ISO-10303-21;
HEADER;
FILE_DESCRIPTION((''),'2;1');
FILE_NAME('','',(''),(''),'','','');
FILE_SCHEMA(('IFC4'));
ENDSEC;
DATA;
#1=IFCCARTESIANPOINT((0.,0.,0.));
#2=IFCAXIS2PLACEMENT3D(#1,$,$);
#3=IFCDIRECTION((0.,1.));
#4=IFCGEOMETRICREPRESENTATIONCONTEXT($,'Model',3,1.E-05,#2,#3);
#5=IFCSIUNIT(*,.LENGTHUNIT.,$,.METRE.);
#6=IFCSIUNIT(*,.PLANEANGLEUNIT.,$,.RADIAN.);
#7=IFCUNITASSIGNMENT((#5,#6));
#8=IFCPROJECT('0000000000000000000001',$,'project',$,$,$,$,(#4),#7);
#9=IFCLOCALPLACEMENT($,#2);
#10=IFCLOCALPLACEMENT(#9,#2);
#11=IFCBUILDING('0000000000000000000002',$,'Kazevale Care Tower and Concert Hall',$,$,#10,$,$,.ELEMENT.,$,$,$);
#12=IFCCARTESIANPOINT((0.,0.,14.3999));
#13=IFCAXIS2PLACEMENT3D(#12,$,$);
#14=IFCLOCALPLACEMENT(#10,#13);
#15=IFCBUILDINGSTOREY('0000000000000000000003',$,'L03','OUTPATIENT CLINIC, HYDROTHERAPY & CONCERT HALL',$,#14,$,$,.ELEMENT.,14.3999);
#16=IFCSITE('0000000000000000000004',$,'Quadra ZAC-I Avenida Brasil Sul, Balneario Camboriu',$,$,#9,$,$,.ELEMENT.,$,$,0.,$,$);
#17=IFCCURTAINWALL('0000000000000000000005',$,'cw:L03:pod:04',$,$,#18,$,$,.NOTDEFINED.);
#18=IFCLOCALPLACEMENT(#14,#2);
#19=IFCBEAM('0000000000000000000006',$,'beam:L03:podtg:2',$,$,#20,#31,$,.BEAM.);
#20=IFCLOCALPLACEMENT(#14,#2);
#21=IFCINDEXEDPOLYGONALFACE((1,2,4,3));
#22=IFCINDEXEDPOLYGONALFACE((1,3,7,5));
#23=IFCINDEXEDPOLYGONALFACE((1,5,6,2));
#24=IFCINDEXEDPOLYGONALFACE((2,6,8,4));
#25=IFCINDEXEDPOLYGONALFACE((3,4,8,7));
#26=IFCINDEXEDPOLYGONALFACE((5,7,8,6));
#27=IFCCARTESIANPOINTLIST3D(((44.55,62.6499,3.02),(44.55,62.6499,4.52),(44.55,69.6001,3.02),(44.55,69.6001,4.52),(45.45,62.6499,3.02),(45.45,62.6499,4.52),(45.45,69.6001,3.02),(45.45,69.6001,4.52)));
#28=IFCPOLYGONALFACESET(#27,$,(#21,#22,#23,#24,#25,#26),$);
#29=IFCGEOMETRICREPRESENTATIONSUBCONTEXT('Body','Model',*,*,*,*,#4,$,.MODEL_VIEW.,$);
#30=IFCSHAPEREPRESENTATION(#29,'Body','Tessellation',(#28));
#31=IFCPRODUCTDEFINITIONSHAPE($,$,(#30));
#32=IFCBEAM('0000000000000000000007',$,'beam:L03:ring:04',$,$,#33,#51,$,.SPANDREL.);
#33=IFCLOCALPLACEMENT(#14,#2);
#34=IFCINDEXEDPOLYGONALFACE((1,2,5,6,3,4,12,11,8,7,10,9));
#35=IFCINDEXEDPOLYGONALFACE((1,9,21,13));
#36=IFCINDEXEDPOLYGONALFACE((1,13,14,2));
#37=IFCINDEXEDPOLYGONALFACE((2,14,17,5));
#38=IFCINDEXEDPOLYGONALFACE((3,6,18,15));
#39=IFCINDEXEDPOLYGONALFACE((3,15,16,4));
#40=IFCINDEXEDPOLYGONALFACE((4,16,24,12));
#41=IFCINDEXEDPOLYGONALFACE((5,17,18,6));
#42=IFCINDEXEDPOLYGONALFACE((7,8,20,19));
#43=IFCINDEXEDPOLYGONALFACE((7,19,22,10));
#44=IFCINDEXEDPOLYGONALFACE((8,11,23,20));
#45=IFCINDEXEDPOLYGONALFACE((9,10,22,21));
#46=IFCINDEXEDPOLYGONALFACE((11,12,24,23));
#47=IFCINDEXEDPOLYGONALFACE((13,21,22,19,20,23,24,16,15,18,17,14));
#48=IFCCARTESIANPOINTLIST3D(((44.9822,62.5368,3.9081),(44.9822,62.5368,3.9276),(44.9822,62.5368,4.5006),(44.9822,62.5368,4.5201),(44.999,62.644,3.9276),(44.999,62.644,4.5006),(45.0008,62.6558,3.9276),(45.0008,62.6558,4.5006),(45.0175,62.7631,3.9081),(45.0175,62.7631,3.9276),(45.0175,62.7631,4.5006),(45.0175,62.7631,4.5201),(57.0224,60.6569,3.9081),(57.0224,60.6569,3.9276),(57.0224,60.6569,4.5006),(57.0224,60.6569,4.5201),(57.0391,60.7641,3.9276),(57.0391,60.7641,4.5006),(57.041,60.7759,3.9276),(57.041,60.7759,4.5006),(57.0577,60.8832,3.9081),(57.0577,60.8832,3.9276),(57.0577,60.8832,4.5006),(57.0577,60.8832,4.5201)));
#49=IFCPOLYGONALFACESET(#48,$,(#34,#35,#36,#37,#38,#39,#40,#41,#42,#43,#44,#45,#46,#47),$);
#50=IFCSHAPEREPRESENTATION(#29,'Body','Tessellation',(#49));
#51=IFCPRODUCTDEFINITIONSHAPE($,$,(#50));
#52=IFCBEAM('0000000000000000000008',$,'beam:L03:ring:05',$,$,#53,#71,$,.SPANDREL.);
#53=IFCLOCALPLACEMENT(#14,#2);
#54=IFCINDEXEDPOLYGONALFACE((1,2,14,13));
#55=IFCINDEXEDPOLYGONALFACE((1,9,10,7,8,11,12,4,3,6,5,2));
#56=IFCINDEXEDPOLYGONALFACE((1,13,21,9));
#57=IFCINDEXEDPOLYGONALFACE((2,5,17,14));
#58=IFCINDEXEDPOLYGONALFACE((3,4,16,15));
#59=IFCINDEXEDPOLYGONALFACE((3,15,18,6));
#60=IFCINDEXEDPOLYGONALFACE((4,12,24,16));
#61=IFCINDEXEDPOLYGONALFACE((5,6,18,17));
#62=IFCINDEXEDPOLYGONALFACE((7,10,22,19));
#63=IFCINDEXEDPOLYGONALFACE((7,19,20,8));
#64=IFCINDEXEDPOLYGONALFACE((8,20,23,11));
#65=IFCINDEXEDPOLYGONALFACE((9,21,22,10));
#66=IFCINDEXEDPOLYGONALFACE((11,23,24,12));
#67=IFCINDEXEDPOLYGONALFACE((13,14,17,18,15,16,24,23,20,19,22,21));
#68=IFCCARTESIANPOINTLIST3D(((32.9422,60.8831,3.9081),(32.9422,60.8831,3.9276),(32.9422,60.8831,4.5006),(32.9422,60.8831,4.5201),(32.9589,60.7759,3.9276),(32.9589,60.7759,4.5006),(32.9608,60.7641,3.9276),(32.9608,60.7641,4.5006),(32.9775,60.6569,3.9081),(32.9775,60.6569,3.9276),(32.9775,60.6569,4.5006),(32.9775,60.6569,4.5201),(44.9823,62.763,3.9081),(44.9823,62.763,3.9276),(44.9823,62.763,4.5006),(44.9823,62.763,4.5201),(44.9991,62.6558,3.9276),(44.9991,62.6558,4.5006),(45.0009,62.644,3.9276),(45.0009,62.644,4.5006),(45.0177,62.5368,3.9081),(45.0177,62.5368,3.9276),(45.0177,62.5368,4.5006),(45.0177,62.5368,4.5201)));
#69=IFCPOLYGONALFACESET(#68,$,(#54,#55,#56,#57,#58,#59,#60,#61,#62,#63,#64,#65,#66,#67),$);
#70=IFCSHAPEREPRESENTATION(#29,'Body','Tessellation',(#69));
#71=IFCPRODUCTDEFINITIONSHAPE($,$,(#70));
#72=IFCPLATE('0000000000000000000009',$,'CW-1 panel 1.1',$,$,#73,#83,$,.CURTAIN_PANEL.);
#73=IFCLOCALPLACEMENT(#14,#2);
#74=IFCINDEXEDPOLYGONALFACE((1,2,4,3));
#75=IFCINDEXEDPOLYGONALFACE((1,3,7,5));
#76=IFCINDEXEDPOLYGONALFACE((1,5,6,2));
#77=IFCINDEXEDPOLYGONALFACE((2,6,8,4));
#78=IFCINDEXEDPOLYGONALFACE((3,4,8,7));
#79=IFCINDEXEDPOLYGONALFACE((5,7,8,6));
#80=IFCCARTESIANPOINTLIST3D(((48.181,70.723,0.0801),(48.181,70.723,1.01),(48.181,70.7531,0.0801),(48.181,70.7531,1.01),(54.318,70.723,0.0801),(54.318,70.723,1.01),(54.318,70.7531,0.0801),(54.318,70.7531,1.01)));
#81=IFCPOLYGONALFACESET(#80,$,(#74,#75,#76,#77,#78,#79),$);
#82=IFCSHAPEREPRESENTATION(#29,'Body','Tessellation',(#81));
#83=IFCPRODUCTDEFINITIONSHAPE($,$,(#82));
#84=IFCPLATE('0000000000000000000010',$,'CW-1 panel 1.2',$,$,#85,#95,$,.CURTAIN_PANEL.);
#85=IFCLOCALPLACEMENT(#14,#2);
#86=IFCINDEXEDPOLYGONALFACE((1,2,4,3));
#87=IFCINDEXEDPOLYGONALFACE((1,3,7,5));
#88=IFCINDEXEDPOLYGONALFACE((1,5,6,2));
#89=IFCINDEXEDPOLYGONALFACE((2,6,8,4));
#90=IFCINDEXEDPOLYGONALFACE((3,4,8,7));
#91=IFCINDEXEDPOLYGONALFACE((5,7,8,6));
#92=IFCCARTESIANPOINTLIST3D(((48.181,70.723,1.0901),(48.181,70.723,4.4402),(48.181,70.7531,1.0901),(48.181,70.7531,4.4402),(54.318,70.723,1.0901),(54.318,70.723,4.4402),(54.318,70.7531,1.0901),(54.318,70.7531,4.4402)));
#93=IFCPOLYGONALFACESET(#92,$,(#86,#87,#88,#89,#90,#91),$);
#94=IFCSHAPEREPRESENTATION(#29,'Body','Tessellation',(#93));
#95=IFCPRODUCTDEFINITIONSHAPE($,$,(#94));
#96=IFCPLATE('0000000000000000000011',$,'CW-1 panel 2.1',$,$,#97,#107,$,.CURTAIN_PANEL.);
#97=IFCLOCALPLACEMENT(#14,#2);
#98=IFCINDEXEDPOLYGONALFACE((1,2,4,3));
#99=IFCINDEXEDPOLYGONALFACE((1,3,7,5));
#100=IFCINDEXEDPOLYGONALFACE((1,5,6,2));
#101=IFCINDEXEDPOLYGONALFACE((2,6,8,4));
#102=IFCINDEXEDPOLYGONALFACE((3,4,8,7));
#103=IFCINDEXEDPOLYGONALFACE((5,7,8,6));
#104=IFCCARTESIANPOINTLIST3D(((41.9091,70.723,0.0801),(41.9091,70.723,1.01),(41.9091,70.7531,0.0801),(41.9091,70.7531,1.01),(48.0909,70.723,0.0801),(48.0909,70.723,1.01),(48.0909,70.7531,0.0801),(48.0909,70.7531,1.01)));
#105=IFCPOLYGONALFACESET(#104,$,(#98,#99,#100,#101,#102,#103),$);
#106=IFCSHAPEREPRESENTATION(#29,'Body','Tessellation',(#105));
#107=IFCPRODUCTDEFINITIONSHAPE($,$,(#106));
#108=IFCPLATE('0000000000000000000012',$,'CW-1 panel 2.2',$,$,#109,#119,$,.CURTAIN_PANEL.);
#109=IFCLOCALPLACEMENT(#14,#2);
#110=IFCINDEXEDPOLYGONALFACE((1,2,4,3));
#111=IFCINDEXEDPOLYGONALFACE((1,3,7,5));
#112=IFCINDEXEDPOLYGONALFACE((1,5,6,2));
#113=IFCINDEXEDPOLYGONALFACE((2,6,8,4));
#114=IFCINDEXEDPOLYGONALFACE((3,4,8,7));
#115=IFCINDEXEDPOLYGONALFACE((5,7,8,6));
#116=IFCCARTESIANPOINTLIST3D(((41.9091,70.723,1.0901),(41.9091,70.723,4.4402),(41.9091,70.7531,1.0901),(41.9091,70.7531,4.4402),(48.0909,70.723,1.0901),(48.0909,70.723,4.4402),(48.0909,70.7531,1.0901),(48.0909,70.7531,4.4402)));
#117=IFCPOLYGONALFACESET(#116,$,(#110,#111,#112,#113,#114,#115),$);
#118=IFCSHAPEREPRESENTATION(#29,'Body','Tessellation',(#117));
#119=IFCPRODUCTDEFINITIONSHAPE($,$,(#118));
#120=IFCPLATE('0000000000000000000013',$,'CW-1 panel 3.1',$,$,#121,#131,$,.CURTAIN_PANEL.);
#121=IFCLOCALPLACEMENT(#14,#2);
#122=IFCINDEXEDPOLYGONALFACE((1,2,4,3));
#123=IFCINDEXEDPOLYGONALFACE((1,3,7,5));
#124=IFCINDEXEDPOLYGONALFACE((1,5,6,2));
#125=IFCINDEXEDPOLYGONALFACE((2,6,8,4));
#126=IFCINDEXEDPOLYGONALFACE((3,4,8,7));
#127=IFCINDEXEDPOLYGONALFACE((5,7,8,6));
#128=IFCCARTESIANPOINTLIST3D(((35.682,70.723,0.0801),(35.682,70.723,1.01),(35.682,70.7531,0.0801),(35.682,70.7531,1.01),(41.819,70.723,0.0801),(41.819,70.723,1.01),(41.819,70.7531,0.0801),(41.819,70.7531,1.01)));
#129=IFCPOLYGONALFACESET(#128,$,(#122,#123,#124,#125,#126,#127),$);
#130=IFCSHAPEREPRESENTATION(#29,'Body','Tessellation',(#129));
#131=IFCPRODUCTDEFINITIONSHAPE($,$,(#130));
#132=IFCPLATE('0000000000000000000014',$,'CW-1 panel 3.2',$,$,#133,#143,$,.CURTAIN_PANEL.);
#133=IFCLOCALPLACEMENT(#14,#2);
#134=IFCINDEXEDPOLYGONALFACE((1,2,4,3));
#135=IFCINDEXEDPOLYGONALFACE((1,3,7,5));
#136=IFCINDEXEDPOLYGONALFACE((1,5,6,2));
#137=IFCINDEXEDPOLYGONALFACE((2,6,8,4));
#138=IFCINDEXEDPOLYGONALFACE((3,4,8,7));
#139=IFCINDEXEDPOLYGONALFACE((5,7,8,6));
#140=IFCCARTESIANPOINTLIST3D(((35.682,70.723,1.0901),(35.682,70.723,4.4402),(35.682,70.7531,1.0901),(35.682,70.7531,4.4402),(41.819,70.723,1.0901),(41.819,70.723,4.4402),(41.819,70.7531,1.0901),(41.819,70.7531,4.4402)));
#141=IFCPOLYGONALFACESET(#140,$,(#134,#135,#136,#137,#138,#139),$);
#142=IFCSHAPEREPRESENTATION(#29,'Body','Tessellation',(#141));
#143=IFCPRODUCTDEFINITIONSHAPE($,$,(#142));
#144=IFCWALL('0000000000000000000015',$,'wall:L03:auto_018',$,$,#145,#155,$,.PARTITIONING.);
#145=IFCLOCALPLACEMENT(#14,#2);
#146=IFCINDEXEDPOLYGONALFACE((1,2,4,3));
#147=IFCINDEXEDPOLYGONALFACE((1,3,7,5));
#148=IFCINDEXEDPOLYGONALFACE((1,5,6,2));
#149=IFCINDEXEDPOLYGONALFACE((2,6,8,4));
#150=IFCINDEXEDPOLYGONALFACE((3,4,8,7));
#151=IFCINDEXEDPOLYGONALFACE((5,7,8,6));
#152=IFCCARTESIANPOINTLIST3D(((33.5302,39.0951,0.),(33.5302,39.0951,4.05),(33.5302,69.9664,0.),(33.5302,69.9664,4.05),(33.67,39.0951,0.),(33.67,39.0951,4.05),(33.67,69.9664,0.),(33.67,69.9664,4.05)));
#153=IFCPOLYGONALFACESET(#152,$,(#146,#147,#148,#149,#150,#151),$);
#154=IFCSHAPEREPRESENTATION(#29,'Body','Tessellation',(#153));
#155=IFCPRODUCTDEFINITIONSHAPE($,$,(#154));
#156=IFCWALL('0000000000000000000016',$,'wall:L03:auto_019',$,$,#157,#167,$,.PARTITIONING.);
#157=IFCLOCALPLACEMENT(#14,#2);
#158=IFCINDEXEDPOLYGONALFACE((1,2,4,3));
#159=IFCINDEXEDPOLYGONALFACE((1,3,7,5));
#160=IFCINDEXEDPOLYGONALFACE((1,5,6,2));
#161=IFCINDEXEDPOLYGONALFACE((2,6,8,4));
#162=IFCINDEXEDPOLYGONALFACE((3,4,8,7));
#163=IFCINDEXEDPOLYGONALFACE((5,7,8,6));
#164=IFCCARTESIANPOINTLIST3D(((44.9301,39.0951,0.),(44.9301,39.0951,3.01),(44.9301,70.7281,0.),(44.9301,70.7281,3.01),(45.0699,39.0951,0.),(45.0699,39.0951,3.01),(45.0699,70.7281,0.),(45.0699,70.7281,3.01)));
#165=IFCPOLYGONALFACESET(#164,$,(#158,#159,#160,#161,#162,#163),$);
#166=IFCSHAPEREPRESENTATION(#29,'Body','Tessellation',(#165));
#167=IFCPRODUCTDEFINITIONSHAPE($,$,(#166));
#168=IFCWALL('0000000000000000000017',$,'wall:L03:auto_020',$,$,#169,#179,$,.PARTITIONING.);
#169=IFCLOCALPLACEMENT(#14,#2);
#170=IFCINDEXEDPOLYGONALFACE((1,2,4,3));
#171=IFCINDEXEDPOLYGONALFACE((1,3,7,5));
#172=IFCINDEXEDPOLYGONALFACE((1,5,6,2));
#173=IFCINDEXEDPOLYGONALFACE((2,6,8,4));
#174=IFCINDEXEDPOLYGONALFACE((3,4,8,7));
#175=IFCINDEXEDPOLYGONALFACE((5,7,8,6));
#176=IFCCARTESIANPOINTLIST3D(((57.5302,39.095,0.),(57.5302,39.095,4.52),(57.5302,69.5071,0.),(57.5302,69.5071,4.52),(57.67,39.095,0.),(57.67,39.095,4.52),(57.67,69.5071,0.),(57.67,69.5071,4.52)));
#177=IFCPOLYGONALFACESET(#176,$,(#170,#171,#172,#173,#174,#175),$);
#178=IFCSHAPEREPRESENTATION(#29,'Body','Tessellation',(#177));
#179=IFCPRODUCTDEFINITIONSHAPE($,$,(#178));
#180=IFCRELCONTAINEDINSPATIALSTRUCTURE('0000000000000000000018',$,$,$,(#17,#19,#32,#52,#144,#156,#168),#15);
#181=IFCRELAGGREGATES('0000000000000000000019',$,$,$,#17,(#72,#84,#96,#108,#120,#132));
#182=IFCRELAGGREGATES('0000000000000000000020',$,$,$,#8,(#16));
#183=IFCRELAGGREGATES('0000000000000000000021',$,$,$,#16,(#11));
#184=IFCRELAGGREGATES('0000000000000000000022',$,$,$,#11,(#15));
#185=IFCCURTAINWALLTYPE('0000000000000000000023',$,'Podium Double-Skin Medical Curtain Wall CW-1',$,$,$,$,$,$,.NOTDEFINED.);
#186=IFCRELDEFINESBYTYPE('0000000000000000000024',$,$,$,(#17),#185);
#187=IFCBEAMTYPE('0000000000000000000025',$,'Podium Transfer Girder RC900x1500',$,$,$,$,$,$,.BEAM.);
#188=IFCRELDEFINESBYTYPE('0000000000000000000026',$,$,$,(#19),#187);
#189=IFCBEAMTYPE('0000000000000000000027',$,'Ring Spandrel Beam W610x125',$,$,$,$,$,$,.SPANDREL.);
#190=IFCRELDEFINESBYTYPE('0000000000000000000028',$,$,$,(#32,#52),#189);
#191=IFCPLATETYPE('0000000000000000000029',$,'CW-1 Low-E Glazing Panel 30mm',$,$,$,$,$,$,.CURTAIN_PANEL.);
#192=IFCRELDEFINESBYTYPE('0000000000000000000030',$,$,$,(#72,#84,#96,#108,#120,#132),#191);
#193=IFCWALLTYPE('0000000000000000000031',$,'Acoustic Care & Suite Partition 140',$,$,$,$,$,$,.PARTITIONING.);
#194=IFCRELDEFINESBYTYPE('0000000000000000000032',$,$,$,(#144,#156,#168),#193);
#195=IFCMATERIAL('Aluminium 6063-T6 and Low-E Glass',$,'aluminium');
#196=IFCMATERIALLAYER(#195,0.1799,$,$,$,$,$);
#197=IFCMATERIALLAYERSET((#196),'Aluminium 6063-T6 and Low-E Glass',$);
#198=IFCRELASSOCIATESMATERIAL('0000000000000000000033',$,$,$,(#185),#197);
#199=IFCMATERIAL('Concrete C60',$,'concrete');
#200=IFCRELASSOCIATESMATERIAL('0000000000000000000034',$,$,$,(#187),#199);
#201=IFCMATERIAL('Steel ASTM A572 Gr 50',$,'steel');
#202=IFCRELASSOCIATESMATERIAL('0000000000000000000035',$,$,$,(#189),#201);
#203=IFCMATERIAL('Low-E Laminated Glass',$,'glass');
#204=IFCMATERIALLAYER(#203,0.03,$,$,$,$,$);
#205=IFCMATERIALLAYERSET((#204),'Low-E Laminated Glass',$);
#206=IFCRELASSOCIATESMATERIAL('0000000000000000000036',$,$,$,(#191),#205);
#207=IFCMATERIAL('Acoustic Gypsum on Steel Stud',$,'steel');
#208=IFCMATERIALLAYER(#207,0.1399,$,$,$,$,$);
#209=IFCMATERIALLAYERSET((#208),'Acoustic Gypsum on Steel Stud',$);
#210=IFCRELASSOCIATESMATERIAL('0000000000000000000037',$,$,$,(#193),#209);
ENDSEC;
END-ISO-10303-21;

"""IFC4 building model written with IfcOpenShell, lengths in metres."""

from ifc_helpers import new_model, si_unit, direction, frame, frame_2d, origin, origin_2d, place, context, subcontext, project, spatial, rectangle, i_section, extrude, material, layer, layer_set, material_profile, profile_set, type_object, element, aggregate, save


model = new_model("IFC4")

# Units and contexts
model_context = context("Model", 3, precision=1e-05, world=origin(), true_north=direction((0.0, 1.0)))
body_context = subcontext(model_context, "Body", "Model", "MODEL_VIEW")
ifc_project = project(units=[si_unit("LENGTHUNIT", "METRE"), si_unit("PLANEANGLEUNIT", "RADIAN")], contexts=[model_context])

# Site, building, storey
site_placement = place(None, origin())
site = spatial("IfcSite", under=ifc_project, at=site_placement, Name="Quadra ZAC-I Avenida Brasil Sul, Balneario Camboriu", CompositionType="ELEMENT", RefElevation=0.0)
building_placement = place(site_placement, origin())
building = spatial("IfcBuilding", under=site, at=building_placement, Name="Kazevale Care Tower and Concert Hall", CompositionType="ELEMENT")
storey_placement = place(building_placement, frame((0.0, 0.0, 14.3999)))
storey = spatial("IfcBuildingStorey", under=building, at=storey_placement, Name="L03", Description="OUTPATIENT CLINIC, HYDROTHERAPY & CONCERT HALL", CompositionType="ELEMENT", Elevation=14.3999)

# Shared definitions
ifc_material_1 = material(Name="Concrete C60", Category="concrete")

# Curtain wall
ifc_material_2 = material(Name="Aluminium 6063-T6 and Low-E Glass", Category="aluminium")
ifc_layer_1 = layer(ifc_material_2, 0.1799)
ifc_layer_set_1 = layer_set([ifc_layer_1], Name="Aluminium 6063-T6 and Low-E Glass")
curtain_wall_type = type_object("IfcCurtainWallType", Name="Podium Double-Skin Medical Curtain Wall CW-1", PredefinedType="NOTDEFINED", material=ifc_layer_set_1)
curtain_wall_placement = place(storey_placement, origin())
curtain_wall = element("IfcCurtainWall", 1, at=curtain_wall_placement, inside=storey, type_object=curtain_wall_type, Name="cw:L03:pod:04", PredefinedType="NOTDEFINED")

# Beams
ifc_material_3 = material(Name="Steel ASTM A572 Gr 50", Category="steel")
ifc_material_profile_1 = material_profile(ifc_material_1, rectangle(XDim=0.8999, YDim=1.5, at=origin_2d()), Name="RC-TG900x1500")
ifc_profile_set_1 = profile_set([ifc_material_profile_1], Name="Concrete C60")
beam_type_1 = type_object("IfcBeamType", Name="Podium Transfer Girder RC900x1500", PredefinedType="BEAM", material=ifc_profile_set_1)
beam_1_placement = place(storey_placement, frame((45.0, 62.6499, 3.77), z_axis=(0.0, 1.0, 0.0), x_axis=(-1.0, 0.0, 0.0)))
element("IfcBeam", 2, at=beam_1_placement, inside=storey, type_object=beam_type_1, Name="beam:L03:podtg:2", PredefinedType="BEAM", context=body_context, shape_type="SweptSolid", body=[
    extrude(rectangle(XDim=0.8999, YDim=1.5, at=origin_2d()), origin(), (0.0, 0.0, 1.0), 6.9502),
])
ifc_material_profile_2 = material_profile(ifc_material_3, i_section(OverallWidth=0.229, OverallDepth=0.6121, WebThickness=0.012, FlangeThickness=0.0195, at=origin_2d()), Name="W610x125")
ifc_profile_set_2 = profile_set([ifc_material_profile_2], Name="Steel ASTM A572 Gr 50")
beam_type_2 = type_object("IfcBeamType", Name="Ring Spandrel Beam W610x125", PredefinedType="SPANDREL", material=ifc_profile_set_2)
for number, where, z_axis, x_axis, name in (
    (3, (57.04, 60.77, 4.2141), (-0.988029, 0.154267, 0.0), (-0.154267, -0.988029, 0.0), "beam:L03:ring:04"),
    (4, (45.0, 62.6499, 4.2141), (-0.988029, -0.154267, 0.0), (0.154267, -0.988029, 0.0), "beam:L03:ring:05"),
):
    element("IfcBeam", number, at=place(storey_placement, frame(where, z_axis=z_axis, x_axis=x_axis)), inside=storey, type_object=beam_type_2, Name=name, PredefinedType="SPANDREL", context=body_context, shape_type="SweptSolid", body=[
        extrude(i_section(OverallWidth=0.229, OverallDepth=0.6121, WebThickness=0.012, FlangeThickness=0.0195, at=origin_2d()), origin(), (0.0, 0.0, 1.0), 12.186),
    ])

# Plates
ifc_material_4 = material(Name="Low-E Laminated Glass", Category="glass")
ifc_layer_2 = layer(ifc_material_4, 0.03)
ifc_layer_set_2 = layer_set([ifc_layer_2], Name="Low-E Laminated Glass")
plate_type = type_object("IfcPlateType", Name="CW-1 Low-E Glazing Panel 30mm", PredefinedType="CURTAIN_PANEL", material=ifc_layer_set_2)
plate_1_placement = place(storey_placement, frame((51.2495, 70.738, 0.0801), z_axis=(0.0, 0.0, 1.0), x_axis=(-1.0, 0.0, 0.0)))
plate_1 = element("IfcPlate", 5, at=plate_1_placement, type_object=plate_type, Name="CW-1 panel 1.1", PredefinedType="CURTAIN_PANEL", context=body_context, shape_type="SweptSolid", body=[
    extrude(rectangle(XDim=6.137, YDim=0.03, at=origin_2d()), origin(), (0.0, 0.0, 1.0), 0.9299),
])
plate_2_placement = place(storey_placement, frame((51.2495, 70.738, 1.0901), z_axis=(0.0, 0.0, 1.0), x_axis=(-1.0, 0.0, 0.0)))
plate_2 = element("IfcPlate", 6, at=plate_2_placement, type_object=plate_type, Name="CW-1 panel 1.2", PredefinedType="CURTAIN_PANEL", context=body_context, shape_type="SweptSolid", body=[
    extrude(rectangle(XDim=6.137, YDim=0.03, at=origin_2d()), origin(), (0.0, 0.0, 1.0), 3.3501),
])
plate_3_placement = place(storey_placement, frame((45.0, 70.738, 0.0801), z_axis=(0.0, 0.0, 1.0), x_axis=(-1.0, 0.0, 0.0)))
plate_3 = element("IfcPlate", 7, at=plate_3_placement, type_object=plate_type, Name="CW-1 panel 2.1", PredefinedType="CURTAIN_PANEL", context=body_context, shape_type="SweptSolid", body=[
    extrude(rectangle(XDim=6.1819, YDim=0.03, at=origin_2d()), origin(), (0.0, 0.0, 1.0), 0.9299),
])
plate_4_placement = place(storey_placement, frame((45.0, 70.738, 1.0901), z_axis=(0.0, 0.0, 1.0), x_axis=(-1.0, 0.0, 0.0)))
plate_4 = element("IfcPlate", 8, at=plate_4_placement, type_object=plate_type, Name="CW-1 panel 2.2", PredefinedType="CURTAIN_PANEL", context=body_context, shape_type="SweptSolid", body=[
    extrude(rectangle(XDim=6.1819, YDim=0.03, at=origin_2d()), origin(), (0.0, 0.0, 1.0), 3.3501),
])
plate_5_placement = place(storey_placement, frame((38.7505, 70.738, 0.0801), z_axis=(0.0, 0.0, 1.0), x_axis=(-1.0, 0.0, 0.0)))
plate_5 = element("IfcPlate", 9, at=plate_5_placement, type_object=plate_type, Name="CW-1 panel 3.1", PredefinedType="CURTAIN_PANEL", context=body_context, shape_type="SweptSolid", body=[
    extrude(rectangle(XDim=6.137, YDim=0.03, at=origin_2d()), origin(), (0.0, 0.0, 1.0), 0.9299),
])
plate_6_placement = place(storey_placement, frame((38.7505, 70.738, 1.0901), z_axis=(0.0, 0.0, 1.0), x_axis=(-1.0, 0.0, 0.0)))
plate_6 = element("IfcPlate", 10, at=plate_6_placement, type_object=plate_type, Name="CW-1 panel 3.2", PredefinedType="CURTAIN_PANEL", context=body_context, shape_type="SweptSolid", body=[
    extrude(rectangle(XDim=6.137, YDim=0.03, at=origin_2d()), origin(), (0.0, 0.0, 1.0), 3.3501),
])
aggregate(curtain_wall, [plate_1, plate_2, plate_3, plate_4, plate_5, plate_6])

# Walls
ifc_material_5 = material(Name="Acoustic Gypsum on Steel Stud", Category="steel")
ifc_layer_3 = layer(ifc_material_5, 0.1399)
ifc_layer_set_3 = layer_set([ifc_layer_3], Name="Acoustic Gypsum on Steel Stud")
wall_type_1 = type_object("IfcWallType", Name="Acoustic Care & Suite Partition 140", PredefinedType="PARTITIONING", material=ifc_layer_set_3)
wall_1_placement = place(storey_placement, frame((33.6001, 69.9663, 0.0), z_axis=(0.0, 0.0, 1.0), x_axis=(0.0, -1.0, 0.0)))
element("IfcWall", 11, at=wall_1_placement, inside=storey, type_object=wall_type_1, Name="wall:L03:auto_018", PredefinedType="PARTITIONING", context=body_context, shape_type="SweptSolid", body=[
    extrude(rectangle(XDim=30.8713, YDim=0.1399, at=frame_2d((15.4355, 0.0))), origin(), (0.0, 0.0, 1.0), 4.05),
])
wall_2_placement = place(storey_placement, frame((45.0, 70.728, 0.0), z_axis=(0.0, 0.0, 1.0), x_axis=(0.0, -1.0, 0.0)))
element("IfcWall", 12, at=wall_2_placement, inside=storey, type_object=wall_type_1, Name="wall:L03:auto_019", PredefinedType="PARTITIONING", context=body_context, shape_type="SweptSolid", body=[
    extrude(rectangle(XDim=31.6331, YDim=0.1399, at=frame_2d((15.8164, 0.0))), origin(), (0.0, 0.0, 1.0), 3.01),
])
wall_3_placement = place(storey_placement, frame((57.6001, 69.5071, 0.0), z_axis=(0.0, 0.0, 1.0), x_axis=(0.0, -1.0, 0.0)))
element("IfcWall", 13, at=wall_3_placement, inside=storey, type_object=wall_type_1, Name="wall:L03:auto_020", PredefinedType="PARTITIONING", context=body_context, shape_type="SweptSolid", body=[
    extrude(rectangle(XDim=30.4121, YDim=0.1399, at=frame_2d((15.2061, 0.0))), origin(), (0.0, 0.0, 1.0), 4.52),
])

save(model, "model.ifc")
